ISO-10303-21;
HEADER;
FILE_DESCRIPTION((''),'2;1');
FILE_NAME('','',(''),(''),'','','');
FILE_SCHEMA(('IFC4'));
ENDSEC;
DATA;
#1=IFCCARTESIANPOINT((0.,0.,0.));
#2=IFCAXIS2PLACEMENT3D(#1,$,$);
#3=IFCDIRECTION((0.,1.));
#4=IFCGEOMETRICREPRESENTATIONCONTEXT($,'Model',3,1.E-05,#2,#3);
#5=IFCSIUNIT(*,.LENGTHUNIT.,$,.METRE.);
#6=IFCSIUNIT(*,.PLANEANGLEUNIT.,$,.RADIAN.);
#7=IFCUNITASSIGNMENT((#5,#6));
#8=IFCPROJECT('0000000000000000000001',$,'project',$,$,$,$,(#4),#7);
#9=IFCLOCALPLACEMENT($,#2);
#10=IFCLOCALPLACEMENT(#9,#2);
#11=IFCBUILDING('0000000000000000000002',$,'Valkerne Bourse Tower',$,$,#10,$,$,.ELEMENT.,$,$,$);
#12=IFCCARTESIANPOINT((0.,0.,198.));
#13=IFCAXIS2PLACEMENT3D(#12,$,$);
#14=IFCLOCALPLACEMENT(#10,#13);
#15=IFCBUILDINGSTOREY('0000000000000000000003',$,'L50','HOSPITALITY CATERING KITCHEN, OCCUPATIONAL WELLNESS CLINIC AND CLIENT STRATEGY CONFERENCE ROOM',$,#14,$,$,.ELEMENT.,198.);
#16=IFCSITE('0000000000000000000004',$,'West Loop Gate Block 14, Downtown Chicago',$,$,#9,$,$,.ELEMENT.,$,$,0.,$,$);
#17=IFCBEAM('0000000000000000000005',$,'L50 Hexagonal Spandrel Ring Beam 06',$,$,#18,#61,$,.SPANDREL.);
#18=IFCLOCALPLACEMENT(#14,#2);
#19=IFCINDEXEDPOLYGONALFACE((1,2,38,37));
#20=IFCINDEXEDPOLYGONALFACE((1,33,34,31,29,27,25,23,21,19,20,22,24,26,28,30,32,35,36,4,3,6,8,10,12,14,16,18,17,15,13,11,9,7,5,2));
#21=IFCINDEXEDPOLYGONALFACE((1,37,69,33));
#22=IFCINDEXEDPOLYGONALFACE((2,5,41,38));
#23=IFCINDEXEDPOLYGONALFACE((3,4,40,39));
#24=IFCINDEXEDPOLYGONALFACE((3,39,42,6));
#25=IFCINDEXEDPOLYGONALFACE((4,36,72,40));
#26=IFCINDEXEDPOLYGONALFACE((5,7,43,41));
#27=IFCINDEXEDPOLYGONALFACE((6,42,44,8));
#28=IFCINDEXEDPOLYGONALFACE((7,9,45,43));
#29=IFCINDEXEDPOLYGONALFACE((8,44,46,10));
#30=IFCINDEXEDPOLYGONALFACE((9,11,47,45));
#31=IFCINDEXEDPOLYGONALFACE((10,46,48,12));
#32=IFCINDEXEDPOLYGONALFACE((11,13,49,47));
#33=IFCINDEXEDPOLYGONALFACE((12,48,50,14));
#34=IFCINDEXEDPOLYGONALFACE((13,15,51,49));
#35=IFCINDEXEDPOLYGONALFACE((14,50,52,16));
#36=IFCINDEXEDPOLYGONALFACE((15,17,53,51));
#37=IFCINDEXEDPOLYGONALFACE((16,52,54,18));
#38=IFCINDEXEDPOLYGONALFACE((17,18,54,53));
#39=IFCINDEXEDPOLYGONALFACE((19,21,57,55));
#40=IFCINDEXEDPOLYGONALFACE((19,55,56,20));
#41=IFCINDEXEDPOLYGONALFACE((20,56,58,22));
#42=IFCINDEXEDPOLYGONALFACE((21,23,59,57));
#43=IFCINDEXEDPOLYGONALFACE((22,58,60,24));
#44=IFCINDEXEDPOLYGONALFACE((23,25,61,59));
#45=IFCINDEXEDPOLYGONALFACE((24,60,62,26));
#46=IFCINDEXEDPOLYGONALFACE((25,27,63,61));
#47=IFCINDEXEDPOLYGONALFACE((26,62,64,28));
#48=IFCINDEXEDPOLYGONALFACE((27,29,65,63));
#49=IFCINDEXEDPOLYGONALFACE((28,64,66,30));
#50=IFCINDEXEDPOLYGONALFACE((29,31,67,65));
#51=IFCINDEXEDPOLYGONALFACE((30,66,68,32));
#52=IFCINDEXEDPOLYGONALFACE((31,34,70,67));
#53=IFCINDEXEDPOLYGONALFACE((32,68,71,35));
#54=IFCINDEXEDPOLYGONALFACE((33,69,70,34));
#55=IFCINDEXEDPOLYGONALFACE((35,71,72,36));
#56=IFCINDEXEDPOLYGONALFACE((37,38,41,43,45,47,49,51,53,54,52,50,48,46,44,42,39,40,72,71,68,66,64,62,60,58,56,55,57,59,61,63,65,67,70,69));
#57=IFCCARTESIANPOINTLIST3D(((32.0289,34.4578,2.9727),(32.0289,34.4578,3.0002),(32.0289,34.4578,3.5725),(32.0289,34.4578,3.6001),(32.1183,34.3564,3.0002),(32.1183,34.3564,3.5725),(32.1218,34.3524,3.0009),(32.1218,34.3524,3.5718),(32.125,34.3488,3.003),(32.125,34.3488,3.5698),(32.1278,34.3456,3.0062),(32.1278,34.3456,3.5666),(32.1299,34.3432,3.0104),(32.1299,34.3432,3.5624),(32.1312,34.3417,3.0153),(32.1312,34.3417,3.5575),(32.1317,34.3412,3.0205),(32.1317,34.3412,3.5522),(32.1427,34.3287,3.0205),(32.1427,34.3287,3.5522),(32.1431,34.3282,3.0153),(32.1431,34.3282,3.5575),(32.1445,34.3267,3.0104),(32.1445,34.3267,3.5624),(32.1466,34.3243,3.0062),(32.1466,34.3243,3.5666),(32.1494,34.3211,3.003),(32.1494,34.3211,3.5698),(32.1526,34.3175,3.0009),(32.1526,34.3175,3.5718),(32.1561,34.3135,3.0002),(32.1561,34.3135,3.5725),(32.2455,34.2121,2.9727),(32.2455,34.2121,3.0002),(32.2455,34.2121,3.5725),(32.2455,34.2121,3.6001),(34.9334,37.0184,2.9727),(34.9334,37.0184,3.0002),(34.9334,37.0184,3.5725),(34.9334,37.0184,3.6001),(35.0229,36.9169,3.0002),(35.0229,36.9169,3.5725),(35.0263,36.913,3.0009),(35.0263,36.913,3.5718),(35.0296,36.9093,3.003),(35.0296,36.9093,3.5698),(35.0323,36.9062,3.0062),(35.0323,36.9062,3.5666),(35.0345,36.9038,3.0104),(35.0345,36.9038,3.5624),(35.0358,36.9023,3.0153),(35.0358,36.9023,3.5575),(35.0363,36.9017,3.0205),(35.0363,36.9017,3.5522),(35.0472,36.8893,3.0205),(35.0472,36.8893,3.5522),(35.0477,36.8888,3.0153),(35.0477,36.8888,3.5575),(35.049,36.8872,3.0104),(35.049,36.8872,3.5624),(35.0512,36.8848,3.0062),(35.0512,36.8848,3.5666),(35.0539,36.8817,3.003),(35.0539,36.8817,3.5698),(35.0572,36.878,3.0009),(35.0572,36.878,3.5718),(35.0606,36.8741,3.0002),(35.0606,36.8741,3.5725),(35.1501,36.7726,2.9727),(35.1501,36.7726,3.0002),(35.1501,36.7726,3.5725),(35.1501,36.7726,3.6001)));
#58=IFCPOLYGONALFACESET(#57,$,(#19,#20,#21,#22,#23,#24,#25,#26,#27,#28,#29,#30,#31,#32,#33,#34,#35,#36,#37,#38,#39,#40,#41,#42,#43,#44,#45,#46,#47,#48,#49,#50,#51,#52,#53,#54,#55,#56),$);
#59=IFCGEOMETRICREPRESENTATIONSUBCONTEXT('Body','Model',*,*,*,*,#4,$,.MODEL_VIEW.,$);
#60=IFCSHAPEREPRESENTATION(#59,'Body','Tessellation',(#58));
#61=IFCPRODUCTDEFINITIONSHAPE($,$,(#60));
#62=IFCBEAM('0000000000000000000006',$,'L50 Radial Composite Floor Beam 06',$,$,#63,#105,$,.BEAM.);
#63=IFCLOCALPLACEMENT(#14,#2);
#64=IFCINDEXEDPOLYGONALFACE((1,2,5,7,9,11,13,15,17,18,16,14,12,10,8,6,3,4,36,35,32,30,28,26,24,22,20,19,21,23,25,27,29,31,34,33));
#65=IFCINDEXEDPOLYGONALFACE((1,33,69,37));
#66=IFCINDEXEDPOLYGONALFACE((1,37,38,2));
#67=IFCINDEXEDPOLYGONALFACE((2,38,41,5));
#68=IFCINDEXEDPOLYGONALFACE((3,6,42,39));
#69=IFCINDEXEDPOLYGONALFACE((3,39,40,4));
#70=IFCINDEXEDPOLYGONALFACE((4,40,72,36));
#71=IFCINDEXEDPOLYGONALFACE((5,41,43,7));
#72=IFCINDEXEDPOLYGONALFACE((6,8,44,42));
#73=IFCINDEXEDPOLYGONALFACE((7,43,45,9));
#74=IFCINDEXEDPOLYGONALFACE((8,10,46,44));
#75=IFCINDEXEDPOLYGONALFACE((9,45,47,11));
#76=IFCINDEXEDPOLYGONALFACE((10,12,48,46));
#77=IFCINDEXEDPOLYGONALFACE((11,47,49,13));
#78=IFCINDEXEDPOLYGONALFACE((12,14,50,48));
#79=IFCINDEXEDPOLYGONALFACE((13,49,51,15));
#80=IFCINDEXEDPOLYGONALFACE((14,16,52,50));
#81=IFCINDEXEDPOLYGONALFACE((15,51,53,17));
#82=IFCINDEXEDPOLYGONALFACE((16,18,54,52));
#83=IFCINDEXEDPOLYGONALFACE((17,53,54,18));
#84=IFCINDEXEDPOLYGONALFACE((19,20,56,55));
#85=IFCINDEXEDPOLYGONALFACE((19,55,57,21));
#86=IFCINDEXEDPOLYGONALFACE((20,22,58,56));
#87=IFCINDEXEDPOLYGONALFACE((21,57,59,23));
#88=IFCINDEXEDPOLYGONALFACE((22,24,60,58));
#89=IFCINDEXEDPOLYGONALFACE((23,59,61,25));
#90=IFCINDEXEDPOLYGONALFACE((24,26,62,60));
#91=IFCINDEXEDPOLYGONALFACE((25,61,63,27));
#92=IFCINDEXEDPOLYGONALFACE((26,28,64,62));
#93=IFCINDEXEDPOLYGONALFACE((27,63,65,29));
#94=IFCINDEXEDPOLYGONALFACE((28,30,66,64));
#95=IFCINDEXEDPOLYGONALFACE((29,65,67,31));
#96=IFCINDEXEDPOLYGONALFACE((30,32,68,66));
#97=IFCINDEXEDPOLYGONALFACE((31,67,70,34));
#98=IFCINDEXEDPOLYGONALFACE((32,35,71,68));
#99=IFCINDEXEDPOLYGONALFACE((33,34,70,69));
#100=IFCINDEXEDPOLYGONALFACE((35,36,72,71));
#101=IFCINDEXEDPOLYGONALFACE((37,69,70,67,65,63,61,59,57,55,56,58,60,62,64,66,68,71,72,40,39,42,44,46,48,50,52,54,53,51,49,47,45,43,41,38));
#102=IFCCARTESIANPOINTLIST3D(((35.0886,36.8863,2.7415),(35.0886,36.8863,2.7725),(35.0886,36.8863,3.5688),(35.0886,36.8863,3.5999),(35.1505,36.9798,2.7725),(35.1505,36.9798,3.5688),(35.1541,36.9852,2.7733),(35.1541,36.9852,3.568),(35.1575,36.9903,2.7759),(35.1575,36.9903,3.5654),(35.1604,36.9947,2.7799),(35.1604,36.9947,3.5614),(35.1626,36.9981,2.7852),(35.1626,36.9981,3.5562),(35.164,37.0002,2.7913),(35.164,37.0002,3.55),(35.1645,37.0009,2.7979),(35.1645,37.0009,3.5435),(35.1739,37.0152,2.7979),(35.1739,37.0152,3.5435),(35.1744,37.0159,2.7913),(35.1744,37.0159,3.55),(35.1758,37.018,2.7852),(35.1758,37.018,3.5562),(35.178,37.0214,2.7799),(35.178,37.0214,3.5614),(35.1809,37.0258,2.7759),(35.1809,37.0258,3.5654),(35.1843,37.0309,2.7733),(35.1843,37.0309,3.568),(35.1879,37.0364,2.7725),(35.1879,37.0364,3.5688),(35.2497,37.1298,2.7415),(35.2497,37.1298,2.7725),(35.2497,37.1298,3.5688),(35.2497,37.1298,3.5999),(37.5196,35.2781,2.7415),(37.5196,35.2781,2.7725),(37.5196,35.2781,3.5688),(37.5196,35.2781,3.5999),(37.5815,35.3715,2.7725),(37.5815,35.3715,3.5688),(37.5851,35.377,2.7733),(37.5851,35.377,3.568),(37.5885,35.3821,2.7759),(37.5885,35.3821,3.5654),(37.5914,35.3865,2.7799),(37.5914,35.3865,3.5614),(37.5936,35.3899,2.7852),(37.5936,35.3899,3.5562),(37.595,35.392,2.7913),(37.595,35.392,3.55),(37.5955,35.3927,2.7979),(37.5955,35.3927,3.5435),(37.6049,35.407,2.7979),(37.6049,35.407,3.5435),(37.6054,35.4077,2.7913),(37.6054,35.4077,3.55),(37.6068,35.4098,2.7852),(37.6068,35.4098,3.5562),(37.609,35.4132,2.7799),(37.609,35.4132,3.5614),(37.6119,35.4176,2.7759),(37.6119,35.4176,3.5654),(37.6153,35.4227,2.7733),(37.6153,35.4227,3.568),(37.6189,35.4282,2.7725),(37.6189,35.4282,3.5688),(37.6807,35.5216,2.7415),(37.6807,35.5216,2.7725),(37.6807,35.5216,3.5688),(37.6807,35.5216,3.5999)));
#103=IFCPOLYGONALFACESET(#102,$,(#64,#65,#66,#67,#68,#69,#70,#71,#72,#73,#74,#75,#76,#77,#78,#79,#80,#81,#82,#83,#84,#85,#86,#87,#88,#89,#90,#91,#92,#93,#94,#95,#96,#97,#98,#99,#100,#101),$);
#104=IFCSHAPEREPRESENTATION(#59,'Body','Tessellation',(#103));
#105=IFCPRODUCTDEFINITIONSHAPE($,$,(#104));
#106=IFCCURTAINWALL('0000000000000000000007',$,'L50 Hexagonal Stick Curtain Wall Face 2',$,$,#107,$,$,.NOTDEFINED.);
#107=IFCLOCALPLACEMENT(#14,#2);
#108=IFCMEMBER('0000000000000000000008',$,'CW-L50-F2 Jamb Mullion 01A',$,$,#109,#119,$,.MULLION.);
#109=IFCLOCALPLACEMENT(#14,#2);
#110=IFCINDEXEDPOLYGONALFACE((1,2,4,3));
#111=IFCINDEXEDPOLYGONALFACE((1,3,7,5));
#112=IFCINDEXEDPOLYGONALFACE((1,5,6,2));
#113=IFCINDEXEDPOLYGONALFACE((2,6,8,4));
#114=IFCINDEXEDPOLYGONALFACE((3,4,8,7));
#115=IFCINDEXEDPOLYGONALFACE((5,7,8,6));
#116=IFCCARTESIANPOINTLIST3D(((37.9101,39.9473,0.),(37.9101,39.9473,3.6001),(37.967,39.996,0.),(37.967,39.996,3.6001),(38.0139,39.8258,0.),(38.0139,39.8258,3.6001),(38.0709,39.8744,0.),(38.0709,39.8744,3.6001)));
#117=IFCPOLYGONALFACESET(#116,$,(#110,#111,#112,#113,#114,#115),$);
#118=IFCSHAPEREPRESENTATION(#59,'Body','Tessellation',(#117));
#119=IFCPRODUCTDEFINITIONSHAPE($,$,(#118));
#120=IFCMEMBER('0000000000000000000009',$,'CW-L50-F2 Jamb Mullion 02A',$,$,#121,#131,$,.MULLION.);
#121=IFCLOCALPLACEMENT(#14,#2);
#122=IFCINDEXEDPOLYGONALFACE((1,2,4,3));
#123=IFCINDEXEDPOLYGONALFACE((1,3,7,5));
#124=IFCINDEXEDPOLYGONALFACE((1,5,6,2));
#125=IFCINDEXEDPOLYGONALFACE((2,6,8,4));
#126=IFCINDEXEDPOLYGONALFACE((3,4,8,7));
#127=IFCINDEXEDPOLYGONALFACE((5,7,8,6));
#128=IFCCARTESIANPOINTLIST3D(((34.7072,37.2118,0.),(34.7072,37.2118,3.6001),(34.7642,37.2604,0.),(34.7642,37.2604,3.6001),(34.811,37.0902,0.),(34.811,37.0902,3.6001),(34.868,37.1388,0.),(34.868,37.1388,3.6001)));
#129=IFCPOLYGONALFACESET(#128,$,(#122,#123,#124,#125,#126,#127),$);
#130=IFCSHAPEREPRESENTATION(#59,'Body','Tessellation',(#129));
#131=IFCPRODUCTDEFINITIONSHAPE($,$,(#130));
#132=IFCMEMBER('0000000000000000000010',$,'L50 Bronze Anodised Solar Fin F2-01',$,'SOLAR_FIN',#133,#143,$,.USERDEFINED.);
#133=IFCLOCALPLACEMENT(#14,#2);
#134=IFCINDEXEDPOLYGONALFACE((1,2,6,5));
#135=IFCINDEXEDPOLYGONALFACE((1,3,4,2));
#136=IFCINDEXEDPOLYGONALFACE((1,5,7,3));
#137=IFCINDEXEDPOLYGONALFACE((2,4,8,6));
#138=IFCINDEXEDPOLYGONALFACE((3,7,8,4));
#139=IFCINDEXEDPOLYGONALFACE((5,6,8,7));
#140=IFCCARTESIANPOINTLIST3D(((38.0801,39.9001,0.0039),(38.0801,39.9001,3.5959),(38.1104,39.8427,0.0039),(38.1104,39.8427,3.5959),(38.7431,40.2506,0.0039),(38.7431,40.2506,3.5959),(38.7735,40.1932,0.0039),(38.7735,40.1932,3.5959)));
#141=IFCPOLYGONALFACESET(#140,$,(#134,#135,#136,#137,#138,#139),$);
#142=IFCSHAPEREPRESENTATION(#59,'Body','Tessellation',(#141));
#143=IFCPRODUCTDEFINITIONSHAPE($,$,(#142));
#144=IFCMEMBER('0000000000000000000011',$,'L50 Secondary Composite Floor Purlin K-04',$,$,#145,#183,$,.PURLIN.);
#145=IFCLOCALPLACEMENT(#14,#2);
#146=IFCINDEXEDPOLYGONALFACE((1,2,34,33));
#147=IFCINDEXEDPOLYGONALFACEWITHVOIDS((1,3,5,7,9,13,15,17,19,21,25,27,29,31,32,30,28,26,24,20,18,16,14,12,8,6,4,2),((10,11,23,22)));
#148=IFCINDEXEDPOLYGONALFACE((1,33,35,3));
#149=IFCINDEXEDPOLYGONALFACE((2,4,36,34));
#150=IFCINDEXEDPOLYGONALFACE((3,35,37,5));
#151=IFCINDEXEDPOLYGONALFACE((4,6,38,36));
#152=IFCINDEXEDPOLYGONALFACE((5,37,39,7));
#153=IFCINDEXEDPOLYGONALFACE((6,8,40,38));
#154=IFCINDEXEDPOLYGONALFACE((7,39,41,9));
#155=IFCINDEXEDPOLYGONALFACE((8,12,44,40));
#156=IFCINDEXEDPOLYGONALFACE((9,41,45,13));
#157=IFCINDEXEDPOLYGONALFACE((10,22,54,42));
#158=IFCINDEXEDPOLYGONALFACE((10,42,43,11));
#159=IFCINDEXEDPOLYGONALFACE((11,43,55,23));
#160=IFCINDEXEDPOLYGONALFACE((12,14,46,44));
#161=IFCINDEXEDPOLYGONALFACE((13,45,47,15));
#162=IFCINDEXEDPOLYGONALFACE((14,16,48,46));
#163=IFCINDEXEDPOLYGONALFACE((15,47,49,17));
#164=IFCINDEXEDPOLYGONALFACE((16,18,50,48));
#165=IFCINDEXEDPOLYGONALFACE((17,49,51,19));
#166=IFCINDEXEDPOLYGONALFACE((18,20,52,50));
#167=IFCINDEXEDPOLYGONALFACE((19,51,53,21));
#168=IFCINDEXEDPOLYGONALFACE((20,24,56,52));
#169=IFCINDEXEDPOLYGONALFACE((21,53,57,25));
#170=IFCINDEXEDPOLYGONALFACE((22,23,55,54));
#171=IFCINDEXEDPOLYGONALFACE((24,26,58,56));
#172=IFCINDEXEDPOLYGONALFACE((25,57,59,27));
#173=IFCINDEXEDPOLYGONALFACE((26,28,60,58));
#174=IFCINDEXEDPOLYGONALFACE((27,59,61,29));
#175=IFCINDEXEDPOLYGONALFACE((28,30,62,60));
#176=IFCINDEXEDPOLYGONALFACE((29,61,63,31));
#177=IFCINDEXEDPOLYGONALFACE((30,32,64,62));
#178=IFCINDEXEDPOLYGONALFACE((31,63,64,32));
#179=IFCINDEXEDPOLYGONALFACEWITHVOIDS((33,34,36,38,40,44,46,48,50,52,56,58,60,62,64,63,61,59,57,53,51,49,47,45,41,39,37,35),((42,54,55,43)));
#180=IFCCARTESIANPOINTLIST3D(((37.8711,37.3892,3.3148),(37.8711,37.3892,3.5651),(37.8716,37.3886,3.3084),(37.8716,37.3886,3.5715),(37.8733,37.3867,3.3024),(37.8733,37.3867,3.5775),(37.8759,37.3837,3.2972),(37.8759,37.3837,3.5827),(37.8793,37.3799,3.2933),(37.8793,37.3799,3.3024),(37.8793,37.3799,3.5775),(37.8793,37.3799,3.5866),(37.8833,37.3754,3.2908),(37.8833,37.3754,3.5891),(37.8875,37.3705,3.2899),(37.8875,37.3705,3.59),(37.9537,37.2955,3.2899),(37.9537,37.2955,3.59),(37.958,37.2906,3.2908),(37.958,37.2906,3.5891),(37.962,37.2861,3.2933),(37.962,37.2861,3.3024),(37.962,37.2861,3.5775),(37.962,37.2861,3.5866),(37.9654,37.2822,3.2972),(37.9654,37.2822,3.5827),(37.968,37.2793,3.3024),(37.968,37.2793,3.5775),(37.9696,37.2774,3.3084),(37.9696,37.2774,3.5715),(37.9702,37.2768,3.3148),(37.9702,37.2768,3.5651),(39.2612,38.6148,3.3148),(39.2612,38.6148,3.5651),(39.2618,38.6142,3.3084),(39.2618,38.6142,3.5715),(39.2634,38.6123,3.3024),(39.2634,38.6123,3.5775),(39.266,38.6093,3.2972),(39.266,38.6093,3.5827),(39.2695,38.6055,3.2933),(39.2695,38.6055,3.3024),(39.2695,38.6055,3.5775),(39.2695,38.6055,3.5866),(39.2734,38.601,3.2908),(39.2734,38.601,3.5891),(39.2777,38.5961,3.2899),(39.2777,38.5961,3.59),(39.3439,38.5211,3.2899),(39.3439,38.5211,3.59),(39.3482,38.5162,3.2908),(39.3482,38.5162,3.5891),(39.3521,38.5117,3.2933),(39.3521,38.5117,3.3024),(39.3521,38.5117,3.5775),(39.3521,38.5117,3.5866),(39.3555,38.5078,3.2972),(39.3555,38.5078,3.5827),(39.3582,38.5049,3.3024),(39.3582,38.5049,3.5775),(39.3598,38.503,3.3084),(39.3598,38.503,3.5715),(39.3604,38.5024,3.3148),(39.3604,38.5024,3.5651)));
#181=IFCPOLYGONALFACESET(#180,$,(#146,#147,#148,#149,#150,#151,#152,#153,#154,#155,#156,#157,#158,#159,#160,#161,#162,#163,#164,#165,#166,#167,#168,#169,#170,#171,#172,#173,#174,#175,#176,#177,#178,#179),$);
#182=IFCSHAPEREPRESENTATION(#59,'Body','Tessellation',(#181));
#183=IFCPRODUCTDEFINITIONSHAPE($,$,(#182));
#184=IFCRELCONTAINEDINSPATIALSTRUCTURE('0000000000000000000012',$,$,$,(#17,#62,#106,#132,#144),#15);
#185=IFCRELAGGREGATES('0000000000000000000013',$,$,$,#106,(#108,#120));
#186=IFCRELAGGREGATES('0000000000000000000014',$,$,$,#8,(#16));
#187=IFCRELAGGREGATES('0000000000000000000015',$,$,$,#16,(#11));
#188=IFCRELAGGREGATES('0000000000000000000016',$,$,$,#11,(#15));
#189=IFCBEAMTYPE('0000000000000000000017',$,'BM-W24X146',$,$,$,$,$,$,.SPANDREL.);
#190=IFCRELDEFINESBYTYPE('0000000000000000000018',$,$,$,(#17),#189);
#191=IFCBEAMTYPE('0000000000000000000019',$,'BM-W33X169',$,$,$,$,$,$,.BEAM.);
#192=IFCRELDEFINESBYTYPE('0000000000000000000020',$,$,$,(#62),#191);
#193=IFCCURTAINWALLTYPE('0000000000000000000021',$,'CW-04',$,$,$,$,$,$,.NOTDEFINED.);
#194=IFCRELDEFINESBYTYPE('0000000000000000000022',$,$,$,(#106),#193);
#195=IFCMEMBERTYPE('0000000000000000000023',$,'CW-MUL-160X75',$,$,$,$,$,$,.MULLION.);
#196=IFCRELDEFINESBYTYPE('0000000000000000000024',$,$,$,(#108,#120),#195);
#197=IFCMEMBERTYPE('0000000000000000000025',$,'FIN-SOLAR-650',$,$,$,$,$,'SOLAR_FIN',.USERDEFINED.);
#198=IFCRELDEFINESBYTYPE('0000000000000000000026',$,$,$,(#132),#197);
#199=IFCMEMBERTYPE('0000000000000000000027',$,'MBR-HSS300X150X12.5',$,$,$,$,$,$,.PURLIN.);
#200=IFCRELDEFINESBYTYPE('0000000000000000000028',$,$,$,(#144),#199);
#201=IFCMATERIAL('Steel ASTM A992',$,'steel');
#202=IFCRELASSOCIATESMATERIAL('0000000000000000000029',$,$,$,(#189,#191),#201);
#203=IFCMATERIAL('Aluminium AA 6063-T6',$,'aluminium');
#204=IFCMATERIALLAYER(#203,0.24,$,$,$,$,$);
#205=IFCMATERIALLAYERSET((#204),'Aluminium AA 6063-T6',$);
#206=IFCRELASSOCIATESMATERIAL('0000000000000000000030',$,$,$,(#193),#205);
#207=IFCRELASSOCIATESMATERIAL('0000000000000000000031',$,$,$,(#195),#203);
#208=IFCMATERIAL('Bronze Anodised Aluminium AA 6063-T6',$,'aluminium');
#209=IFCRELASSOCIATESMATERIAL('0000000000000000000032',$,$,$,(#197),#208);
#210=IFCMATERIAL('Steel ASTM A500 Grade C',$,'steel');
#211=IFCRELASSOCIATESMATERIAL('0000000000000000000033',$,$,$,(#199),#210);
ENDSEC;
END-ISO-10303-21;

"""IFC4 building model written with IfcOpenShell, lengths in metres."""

from ifc_helpers import new_model, si_unit, direction, frame, origin, origin_2d, place, context, subcontext, project, spatial, rectangle, hollow_rectangle, i_section, extrude, material, layer, layer_set, material_profile, profile_set, type_object, element, aggregate, save


model = new_model("IFC4")

# Units and contexts
model_context = context("Model", 3, precision=1e-05, world=origin(), true_north=direction((0.0, 1.0)))
body_context = subcontext(model_context, "Body", "Model", "MODEL_VIEW")
ifc_project = project(units=[si_unit("LENGTHUNIT", "METRE"), si_unit("PLANEANGLEUNIT", "RADIAN")], contexts=[model_context])

# Site, building, storey
site_placement = place(None, origin())
site = spatial("IfcSite", under=ifc_project, at=site_placement, Name="West Loop Gate Block 14, Downtown Chicago", CompositionType="ELEMENT", RefElevation=0.0)
building_placement = place(site_placement, origin())
building = spatial("IfcBuilding", under=site, at=building_placement, Name="Valkerne Bourse Tower", CompositionType="ELEMENT")
storey_placement = place(building_placement, frame((0.0, 0.0, 198.0)))
storey = spatial("IfcBuildingStorey", under=building, at=storey_placement, Name="L50", Description="HOSPITALITY CATERING KITCHEN, OCCUPATIONAL WELLNESS CLINIC AND CLIENT STRATEGY CONFERENCE ROOM", CompositionType="ELEMENT", Elevation=198.0)

# Beams
ifc_material_1 = material(Name="Steel ASTM A992", Category="steel")
ifc_material_profile_1 = material_profile(ifc_material_1, i_section(OverallWidth=0.3276, OverallDepth=0.6274, WebThickness=0.0166, FlangeThickness=0.0276, FilletRadius=0.0203, at=origin_2d()), Name="W24X146")
ifc_profile_set_1 = profile_set([ifc_material_profile_1], Name="Steel ASTM A992")
beam_type_1 = type_object("IfcBeamType", Name="BM-W24X146", PredefinedType="SPANDREL", material=ifc_profile_set_1)
beam_1_placement = place(storey_placement, frame((35.0417, 36.8955, 3.2864), z_axis=(-0.75013, -0.66129, 0.0), x_axis=(0.66129, -0.75013, 0.0)))
element("IfcBeam", 1, at=beam_1_placement, inside=storey, type_object=beam_type_1, Name="L50 Hexagonal Spandrel Ring Beam 06", PredefinedType="SPANDREL", context=body_context, shape_type="SweptSolid", body=[
    extrude(i_section(OverallWidth=0.3276, OverallDepth=0.6274, WebThickness=0.0166, FlangeThickness=0.0276, FilletRadius=0.0203, at=origin_2d()), origin(), (0.0, 0.0, 1.0), 3.8721),
])
ifc_material_profile_2 = material_profile(ifc_material_1, i_section(OverallWidth=0.292, OverallDepth=0.8584, WebThickness=0.0171, FlangeThickness=0.031, FilletRadius=0.0254, at=origin_2d()), Name="W33X169")
ifc_profile_set_2 = profile_set([ifc_material_profile_2], Name="Steel ASTM A992")
beam_type_2 = type_object("IfcBeamType", Name="BM-W33X169", PredefinedType="BEAM", material=ifc_profile_set_2)
beam_2_placement = place(storey_placement, frame((35.1692, 37.0081, 3.1707), z_axis=(0.834017, -0.551739, 0.0), x_axis=(0.551739, 0.834017, 0.0)))
element("IfcBeam", 2, at=beam_2_placement, inside=storey, type_object=beam_type_2, Name="L50 Radial Composite Floor Beam 06", PredefinedType="BEAM", context=body_context, shape_type="SweptSolid", body=[
    extrude(i_section(OverallWidth=0.292, OverallDepth=0.8584, WebThickness=0.0171, FlangeThickness=0.031, FilletRadius=0.0254, at=origin_2d()), origin(), (0.0, 0.0, 1.0), 2.9148),
])

# Curtain wall, members
ifc_material_2 = material(Name="Aluminium AA 6063-T6", Category="aluminium")
ifc_layer_1 = layer(ifc_material_2, 0.24)
ifc_layer_set_1 = layer_set([ifc_layer_1], Name="Aluminium AA 6063-T6")
curtain_wall_type = type_object("IfcCurtainWallType", Name="CW-04", PredefinedType="NOTDEFINED", material=ifc_layer_set_1)
curtain_wall_placement = place(storey_placement, origin())
curtain_wall = element("IfcCurtainWall", 3, at=curtain_wall_placement, inside=storey, type_object=curtain_wall_type, Name="L50 Hexagonal Stick Curtain Wall Face 2", PredefinedType="NOTDEFINED")
ifc_material_profile_3 = material_profile(ifc_material_2, rectangle(XDim=0.075, YDim=0.1599, at=origin_2d()), Name="CWM-75X160")
ifc_profile_set_3 = profile_set([ifc_material_profile_3], Name="Aluminium AA 6063-T6")
member_type_1 = type_object("IfcMemberType", Name="CW-MUL-160X75", PredefinedType="MULLION", material=ifc_profile_set_3)
member_1_placement = place(storey_placement, frame((37.9905, 39.9109, 0.0), z_axis=(0.0, 0.0, 1.0), x_axis=(-0.7604, -0.649455, 0.0)))
member_1 = element("IfcMember", 4, at=member_1_placement, type_object=member_type_1, Name="CW-L50-F2 Jamb Mullion 01A", PredefinedType="MULLION", context=body_context, shape_type="SweptSolid", body=[
    extrude(rectangle(XDim=0.075, YDim=0.1599, at=origin_2d()), origin(), (0.0, 0.0, 1.0), 3.6001),
])
member_2_placement = place(storey_placement, frame((34.7876, 37.1753, 0.0), z_axis=(0.0, 0.0, 1.0), x_axis=(-0.7604, -0.649455, 0.0)))
member_2 = element("IfcMember", 5, at=member_2_placement, type_object=member_type_1, Name="CW-L50-F2 Jamb Mullion 02A", PredefinedType="MULLION", context=body_context, shape_type="SweptSolid", body=[
    extrude(rectangle(XDim=0.075, YDim=0.1599, at=origin_2d()), origin(), (0.0, 0.0, 1.0), 3.6001),
])

# Members
ifc_material_3 = material(Name="Bronze Anodised Aluminium AA 6063-T6", Category="aluminium")
ifc_material_profile_4 = material_profile(ifc_material_3, rectangle(XDim=0.0649, YDim=0.75, at=origin_2d()), Name="FIN-65X750")
ifc_profile_set_4 = profile_set([ifc_material_profile_4], Name="Bronze Anodised Aluminium AA 6063-T6")
member_type_2 = type_object("IfcMemberType", Name="FIN-SOLAR-650", ElementType="SOLAR_FIN", PredefinedType="USERDEFINED", material=ifc_profile_set_4)
member_3_placement = place(storey_placement, frame((38.4268, 40.0466, 0.0039), z_axis=(0.0, 0.0, 1.0), x_axis=(-0.46738, 0.884056, 0.0)))
element("IfcMember", 6, at=member_3_placement, inside=storey, type_object=member_type_2, Name="L50 Bronze Anodised Solar Fin F2-01", ObjectType="SOLAR_FIN", PredefinedType="USERDEFINED", context=body_context, shape_type="SweptSolid", body=[
    extrude(rectangle(XDim=0.0649, YDim=0.75, at=origin_2d()), origin(), (0.0, 0.0, 1.0), 3.592),
])
ifc_material_4 = material(Name="Steel ASTM A500 Grade C", Category="steel")
ifc_material_profile_5 = material_profile(ifc_material_4, hollow_rectangle(XDim=0.1499, YDim=0.3, WallThickness=0.0125, OuterFilletRadius=0.0249, at=origin_2d()), Name="HSS300X150X12.5")
ifc_profile_set_5 = profile_set([ifc_material_profile_5], Name="Steel ASTM A500 Grade C")
member_type_3 = type_object("IfcMemberType", Name="MBR-HSS300X150X12.5", PredefinedType="PURLIN", material=ifc_profile_set_5)
for number, where, z_axis, x_axis, name in (
    (7, (39.3108, 38.5586, 3.4399), (-0.750107, -0.661317, 0.0), (0.661317, -0.750107, 0.0), "L50 Secondary Composite Floor Purlin K-04"),
):
    element("IfcMember", number, at=place(storey_placement, frame(where, z_axis=z_axis, x_axis=x_axis)), inside=storey, type_object=member_type_3, Name=name, PredefinedType="PURLIN", context=body_context, shape_type="SweptSolid", body=[
        extrude(hollow_rectangle(XDim=0.1499, YDim=0.3, WallThickness=0.0125, OuterFilletRadius=0.0249, at=origin_2d()), origin(), (0.0, 0.0, 1.0), 1.8533),
    ])

aggregate(curtain_wall, [member_1, member_2])

save(model, "model.ifc")
